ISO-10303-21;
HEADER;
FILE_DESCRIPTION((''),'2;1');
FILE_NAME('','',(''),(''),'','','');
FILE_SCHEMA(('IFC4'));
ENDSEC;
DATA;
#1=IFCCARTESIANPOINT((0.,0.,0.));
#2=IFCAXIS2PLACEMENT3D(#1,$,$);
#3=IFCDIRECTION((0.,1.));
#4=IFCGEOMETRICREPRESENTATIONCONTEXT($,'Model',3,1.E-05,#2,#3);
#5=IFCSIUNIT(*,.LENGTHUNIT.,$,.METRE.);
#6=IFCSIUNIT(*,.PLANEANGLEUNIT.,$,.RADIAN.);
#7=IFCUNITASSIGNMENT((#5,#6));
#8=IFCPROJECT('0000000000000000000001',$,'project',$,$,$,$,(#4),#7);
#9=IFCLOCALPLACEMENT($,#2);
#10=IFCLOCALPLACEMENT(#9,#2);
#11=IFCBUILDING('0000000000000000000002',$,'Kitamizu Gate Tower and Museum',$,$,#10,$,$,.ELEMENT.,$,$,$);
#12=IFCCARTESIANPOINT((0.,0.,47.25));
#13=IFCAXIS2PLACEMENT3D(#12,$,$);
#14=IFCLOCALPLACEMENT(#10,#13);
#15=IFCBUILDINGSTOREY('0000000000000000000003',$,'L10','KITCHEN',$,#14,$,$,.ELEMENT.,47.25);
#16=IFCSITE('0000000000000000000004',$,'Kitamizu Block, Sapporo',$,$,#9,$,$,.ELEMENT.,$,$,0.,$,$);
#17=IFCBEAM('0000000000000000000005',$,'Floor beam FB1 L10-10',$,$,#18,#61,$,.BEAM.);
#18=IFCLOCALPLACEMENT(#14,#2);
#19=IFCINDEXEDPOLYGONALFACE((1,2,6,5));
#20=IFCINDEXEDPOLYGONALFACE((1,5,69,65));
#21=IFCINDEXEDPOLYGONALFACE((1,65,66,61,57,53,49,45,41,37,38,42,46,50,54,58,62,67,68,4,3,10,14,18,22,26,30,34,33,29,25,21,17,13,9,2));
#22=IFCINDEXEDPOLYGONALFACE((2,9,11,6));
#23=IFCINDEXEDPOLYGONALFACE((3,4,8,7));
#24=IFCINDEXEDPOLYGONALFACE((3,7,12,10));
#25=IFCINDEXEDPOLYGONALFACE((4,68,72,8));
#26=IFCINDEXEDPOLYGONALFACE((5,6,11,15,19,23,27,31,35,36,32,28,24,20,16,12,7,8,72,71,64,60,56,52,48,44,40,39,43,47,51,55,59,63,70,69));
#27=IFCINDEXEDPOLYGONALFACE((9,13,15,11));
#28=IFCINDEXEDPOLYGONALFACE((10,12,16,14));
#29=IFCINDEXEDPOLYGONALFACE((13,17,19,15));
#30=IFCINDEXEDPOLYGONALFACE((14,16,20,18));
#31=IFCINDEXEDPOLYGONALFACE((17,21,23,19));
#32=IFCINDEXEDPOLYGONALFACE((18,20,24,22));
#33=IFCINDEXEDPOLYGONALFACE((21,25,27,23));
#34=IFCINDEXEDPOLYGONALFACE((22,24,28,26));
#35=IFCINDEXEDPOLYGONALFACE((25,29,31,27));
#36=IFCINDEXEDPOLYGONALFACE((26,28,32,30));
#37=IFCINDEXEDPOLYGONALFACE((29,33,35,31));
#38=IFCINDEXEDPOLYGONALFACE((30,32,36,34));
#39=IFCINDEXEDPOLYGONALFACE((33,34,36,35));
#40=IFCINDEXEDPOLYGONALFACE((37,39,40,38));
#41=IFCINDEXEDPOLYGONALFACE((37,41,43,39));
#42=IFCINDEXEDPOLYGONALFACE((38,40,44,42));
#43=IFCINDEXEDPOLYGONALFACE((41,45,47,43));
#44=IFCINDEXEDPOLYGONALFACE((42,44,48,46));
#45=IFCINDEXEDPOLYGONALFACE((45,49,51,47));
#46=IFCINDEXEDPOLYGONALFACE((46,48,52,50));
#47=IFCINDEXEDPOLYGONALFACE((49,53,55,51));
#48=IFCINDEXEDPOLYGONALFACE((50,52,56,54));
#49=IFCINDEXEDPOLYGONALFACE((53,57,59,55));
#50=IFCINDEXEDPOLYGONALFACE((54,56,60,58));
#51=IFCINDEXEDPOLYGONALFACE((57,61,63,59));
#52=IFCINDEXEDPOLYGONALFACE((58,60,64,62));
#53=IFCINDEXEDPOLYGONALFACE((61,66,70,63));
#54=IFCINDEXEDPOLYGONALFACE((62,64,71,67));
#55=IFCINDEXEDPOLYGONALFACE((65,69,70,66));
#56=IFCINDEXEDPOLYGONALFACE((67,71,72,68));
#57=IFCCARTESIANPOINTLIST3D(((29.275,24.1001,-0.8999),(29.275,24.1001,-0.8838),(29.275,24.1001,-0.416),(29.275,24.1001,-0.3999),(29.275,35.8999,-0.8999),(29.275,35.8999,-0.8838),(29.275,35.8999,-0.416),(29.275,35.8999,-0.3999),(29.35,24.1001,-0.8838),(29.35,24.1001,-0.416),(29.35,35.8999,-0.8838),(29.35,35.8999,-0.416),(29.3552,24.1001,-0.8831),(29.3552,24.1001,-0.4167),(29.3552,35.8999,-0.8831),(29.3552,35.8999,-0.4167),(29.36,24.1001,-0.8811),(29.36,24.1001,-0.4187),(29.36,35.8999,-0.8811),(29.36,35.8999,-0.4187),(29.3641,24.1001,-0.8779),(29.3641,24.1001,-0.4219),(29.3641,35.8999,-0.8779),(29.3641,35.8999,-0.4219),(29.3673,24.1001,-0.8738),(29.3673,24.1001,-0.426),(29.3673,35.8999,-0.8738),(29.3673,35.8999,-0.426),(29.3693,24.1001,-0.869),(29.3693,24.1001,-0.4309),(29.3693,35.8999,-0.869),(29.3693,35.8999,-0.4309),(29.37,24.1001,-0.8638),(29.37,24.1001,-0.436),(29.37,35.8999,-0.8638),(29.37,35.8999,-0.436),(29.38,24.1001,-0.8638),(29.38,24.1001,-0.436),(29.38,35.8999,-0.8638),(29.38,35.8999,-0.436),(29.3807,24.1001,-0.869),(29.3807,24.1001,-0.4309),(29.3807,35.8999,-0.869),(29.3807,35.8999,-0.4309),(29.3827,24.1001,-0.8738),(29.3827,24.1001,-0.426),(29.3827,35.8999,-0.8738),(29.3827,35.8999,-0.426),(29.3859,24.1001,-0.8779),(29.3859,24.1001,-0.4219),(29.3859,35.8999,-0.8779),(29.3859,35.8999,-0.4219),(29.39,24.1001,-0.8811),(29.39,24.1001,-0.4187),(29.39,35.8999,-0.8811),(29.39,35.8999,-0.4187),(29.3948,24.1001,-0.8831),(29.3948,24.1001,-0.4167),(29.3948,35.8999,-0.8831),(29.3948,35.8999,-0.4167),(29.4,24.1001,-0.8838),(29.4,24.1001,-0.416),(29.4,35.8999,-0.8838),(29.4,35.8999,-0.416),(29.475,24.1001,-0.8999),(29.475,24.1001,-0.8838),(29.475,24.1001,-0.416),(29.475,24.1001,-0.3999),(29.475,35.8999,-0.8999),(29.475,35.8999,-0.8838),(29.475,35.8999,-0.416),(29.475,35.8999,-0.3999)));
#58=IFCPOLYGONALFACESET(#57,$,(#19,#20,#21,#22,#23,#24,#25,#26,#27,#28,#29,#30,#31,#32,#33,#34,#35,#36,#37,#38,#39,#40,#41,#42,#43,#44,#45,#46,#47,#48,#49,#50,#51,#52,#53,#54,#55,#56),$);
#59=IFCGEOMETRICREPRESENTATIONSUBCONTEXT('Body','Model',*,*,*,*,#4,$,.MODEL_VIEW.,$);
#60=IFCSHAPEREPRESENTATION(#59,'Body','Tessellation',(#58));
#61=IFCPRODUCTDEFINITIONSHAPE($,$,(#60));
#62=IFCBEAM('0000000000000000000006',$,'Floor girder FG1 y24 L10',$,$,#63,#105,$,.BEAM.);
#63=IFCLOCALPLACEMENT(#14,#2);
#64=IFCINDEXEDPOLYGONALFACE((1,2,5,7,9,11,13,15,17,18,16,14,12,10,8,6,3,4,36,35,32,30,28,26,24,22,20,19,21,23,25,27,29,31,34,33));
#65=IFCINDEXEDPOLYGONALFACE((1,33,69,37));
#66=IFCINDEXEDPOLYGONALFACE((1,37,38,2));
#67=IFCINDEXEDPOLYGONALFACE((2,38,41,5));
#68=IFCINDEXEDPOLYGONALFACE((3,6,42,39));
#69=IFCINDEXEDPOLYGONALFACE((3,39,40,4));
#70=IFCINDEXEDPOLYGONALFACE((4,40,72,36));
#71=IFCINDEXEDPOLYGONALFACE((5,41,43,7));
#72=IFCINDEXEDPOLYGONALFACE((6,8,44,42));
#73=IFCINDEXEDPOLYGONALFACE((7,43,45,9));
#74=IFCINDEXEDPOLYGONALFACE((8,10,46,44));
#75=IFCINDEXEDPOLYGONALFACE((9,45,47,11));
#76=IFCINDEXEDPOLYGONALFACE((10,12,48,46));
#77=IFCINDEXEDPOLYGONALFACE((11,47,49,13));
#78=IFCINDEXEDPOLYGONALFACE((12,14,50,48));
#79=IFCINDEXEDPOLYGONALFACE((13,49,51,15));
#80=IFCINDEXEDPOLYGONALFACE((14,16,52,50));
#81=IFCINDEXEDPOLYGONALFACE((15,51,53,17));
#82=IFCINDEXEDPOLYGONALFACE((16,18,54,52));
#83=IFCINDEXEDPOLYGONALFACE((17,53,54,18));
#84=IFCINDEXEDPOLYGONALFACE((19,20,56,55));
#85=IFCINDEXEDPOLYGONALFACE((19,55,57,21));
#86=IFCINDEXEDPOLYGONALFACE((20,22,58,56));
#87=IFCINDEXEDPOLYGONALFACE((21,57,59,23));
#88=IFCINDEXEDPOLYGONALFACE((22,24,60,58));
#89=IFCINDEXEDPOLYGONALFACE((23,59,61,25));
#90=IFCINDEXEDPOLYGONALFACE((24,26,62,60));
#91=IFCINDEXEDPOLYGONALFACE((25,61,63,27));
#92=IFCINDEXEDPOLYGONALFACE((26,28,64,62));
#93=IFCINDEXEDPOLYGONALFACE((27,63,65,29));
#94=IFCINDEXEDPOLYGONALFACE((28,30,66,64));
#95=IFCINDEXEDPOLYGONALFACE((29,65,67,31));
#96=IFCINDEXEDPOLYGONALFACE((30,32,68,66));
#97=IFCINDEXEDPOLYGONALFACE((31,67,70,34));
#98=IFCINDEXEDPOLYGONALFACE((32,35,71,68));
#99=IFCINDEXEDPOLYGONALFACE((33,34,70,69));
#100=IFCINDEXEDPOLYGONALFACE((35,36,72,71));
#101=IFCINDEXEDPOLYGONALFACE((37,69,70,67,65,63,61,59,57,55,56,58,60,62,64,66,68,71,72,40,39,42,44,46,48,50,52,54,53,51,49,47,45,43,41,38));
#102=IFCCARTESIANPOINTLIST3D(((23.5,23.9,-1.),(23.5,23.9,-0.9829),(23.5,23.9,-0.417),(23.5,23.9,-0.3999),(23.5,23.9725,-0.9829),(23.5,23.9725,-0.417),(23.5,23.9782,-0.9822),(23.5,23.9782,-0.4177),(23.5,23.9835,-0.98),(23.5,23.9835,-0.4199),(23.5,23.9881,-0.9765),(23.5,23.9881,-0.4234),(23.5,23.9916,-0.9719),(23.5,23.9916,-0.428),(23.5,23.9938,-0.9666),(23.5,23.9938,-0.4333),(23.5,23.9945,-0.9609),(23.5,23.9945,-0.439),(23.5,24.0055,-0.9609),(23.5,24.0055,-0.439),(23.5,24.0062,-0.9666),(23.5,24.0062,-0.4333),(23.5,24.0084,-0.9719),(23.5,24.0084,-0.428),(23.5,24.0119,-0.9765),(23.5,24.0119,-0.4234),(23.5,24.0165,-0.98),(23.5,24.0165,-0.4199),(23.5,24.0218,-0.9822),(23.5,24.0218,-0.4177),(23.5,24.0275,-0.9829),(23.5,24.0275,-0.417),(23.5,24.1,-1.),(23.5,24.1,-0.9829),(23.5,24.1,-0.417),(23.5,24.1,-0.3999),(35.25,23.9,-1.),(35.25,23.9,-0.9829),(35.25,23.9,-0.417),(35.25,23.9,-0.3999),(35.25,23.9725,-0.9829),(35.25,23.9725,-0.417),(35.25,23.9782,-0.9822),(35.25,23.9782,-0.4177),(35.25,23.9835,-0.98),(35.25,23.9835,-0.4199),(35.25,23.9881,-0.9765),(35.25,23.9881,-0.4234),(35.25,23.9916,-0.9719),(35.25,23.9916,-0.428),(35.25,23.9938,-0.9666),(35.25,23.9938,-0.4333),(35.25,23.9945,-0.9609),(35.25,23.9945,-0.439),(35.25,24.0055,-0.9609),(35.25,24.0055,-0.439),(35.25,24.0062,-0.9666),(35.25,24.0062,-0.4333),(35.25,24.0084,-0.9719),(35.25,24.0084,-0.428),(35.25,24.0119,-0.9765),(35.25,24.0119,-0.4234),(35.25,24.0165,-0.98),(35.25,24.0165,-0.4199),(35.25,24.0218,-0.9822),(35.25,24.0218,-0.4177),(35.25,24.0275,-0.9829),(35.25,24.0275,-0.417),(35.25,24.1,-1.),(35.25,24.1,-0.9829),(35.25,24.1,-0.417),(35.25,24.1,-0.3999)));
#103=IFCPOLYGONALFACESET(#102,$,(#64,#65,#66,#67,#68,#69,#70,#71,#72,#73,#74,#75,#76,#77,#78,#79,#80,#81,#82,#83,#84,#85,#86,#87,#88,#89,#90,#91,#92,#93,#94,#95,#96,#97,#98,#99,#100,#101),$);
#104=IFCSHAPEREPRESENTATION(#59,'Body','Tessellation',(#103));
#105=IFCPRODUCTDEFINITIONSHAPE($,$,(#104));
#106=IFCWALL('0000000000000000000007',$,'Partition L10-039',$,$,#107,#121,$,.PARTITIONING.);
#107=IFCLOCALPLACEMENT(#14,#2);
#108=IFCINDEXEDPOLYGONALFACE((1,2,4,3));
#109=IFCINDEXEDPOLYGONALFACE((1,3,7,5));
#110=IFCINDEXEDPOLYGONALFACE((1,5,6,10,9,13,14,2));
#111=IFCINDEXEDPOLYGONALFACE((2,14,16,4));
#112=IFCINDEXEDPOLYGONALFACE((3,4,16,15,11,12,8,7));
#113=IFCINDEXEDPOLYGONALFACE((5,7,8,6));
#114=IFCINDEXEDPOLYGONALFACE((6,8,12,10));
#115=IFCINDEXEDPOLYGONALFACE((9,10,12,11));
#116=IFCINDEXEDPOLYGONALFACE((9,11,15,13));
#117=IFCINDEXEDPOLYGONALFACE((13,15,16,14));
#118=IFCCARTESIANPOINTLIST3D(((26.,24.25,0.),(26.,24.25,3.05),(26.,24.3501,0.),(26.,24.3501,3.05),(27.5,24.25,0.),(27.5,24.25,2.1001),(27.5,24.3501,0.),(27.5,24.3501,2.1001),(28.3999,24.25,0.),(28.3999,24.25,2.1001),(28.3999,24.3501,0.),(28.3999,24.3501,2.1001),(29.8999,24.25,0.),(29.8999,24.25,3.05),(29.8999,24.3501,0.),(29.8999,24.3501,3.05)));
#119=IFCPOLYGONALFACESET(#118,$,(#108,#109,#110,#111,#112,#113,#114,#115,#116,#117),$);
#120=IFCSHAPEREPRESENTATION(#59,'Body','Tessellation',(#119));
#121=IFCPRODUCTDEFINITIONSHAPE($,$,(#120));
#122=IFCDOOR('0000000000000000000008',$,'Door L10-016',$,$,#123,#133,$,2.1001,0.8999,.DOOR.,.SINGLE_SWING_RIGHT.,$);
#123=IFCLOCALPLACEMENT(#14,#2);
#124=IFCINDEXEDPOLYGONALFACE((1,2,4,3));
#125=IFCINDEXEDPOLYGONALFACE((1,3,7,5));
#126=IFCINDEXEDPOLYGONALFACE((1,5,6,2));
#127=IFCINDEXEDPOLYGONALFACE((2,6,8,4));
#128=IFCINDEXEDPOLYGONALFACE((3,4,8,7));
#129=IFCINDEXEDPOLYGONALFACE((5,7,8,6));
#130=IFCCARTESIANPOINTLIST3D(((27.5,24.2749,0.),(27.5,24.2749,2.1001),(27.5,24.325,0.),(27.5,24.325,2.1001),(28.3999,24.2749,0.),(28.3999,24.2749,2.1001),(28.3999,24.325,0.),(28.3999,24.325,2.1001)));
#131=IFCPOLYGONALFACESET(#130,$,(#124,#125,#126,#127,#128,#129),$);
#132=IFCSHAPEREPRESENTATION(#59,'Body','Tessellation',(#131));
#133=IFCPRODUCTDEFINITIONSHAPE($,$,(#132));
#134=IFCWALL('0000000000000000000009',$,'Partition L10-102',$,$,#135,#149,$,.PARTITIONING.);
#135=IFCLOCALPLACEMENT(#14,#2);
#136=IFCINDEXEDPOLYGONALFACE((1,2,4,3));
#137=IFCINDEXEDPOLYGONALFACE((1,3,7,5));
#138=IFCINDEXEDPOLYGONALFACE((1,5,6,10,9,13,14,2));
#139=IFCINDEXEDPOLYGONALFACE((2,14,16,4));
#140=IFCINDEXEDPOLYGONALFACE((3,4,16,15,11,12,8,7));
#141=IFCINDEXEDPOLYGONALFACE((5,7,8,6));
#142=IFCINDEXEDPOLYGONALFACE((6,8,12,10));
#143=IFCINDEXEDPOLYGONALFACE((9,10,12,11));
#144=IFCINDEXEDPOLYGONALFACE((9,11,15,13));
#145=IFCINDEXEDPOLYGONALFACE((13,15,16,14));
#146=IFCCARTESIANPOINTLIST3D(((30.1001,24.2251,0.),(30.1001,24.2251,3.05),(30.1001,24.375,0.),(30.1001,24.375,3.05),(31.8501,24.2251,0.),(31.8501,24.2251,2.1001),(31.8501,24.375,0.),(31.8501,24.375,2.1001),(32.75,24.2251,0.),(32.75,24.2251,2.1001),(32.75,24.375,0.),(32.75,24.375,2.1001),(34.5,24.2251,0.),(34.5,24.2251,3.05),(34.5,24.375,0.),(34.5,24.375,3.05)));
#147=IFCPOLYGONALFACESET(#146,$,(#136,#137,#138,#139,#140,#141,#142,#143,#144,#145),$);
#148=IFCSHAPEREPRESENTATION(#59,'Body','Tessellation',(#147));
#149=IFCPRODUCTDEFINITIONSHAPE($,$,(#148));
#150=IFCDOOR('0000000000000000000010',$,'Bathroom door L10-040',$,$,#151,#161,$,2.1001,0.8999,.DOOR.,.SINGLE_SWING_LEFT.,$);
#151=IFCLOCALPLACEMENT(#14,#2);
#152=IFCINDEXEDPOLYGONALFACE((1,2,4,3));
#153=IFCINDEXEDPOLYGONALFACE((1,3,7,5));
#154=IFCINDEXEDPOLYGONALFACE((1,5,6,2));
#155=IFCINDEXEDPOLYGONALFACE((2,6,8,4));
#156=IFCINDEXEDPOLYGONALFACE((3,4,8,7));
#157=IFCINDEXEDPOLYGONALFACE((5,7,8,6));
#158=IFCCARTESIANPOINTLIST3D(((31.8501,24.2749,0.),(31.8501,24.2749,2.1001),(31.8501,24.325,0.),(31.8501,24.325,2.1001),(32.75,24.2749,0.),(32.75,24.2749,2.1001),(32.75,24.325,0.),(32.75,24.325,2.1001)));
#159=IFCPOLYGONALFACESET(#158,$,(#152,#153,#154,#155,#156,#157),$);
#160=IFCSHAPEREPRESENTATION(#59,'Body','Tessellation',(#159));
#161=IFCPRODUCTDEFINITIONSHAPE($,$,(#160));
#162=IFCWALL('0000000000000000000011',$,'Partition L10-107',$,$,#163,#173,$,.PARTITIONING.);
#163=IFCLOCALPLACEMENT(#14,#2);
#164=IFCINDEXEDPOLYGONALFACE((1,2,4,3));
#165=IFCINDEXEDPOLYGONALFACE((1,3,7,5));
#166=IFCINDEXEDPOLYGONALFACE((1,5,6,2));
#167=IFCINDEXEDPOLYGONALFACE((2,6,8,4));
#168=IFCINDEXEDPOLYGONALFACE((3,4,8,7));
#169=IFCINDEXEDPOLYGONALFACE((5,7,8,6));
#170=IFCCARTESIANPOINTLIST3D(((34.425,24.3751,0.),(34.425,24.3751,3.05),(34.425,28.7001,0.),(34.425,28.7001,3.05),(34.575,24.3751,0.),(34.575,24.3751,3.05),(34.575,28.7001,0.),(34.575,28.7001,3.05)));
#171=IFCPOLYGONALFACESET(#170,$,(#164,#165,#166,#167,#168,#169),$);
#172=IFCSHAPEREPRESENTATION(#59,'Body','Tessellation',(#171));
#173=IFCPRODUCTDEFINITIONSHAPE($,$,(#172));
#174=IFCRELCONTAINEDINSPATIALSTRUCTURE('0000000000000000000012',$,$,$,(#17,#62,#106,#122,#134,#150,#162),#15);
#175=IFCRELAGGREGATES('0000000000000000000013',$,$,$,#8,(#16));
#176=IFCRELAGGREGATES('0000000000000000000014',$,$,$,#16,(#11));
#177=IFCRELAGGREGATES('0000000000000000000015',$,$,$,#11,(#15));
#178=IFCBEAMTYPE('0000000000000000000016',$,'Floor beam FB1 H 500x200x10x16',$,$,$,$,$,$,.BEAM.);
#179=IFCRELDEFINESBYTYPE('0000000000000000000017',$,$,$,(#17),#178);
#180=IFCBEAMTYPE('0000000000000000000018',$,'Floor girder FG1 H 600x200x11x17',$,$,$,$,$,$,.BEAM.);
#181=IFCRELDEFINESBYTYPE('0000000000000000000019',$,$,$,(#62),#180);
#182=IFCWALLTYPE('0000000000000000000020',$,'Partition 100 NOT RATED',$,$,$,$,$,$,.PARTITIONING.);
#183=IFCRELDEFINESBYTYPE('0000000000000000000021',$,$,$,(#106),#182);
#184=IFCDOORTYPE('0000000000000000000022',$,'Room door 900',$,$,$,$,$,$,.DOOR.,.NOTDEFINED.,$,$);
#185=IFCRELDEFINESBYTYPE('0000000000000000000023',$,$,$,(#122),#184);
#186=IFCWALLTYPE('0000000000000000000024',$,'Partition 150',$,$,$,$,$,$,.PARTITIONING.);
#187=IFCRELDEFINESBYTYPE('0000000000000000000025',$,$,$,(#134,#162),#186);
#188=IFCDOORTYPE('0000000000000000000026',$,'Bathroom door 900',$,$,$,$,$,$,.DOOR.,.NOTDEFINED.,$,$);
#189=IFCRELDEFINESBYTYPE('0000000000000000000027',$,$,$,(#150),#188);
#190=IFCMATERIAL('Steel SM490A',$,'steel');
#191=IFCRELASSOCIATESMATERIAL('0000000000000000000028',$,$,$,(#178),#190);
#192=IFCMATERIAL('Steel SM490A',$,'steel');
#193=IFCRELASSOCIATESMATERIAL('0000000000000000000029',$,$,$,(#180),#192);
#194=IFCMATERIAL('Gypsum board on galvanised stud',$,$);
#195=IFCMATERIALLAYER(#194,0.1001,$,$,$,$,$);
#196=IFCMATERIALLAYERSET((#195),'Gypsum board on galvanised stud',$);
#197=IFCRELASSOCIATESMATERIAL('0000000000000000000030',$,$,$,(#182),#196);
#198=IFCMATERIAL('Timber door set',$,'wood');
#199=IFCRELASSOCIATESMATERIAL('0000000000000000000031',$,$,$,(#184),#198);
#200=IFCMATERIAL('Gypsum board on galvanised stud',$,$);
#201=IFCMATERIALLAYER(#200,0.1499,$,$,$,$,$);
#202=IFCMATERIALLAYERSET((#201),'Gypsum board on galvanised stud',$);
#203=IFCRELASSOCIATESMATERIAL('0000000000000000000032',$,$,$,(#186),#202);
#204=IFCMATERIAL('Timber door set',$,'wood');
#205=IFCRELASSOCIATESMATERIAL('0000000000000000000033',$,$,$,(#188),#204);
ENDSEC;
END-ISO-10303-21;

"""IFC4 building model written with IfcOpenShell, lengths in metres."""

from ifc_helpers import new_model, si_unit, direction, frame, frame_2d, origin, origin_2d, place, context, subcontext, project, spatial, rectangle, i_section, extrude, material, layer, layer_set, material_profile, profile_set, type_object, element, fill, save


model = new_model("IFC4")

# Units and contexts
model_context = context("Model", 3, precision=1e-05, world=origin(), true_north=direction((0.0, 1.0)))
body_context = subcontext(model_context, "Body", "Model", "MODEL_VIEW")
ifc_project = project(units=[si_unit("LENGTHUNIT", "METRE"), si_unit("PLANEANGLEUNIT", "RADIAN")], contexts=[model_context])

# Site, building, storey
site_placement = place(None, origin())
site = spatial("IfcSite", under=ifc_project, at=site_placement, Name="Kitamizu Block, Sapporo", CompositionType="ELEMENT", RefElevation=0.0)
building_placement = place(site_placement, origin())
building = spatial("IfcBuilding", under=site, at=building_placement, Name="Kitamizu Gate Tower and Museum", CompositionType="ELEMENT")
storey_placement = place(building_placement, frame((0.0, 0.0, 47.25)))
storey = spatial("IfcBuildingStorey", under=building, at=storey_placement, Name="L10", Description="KITCHEN", CompositionType="ELEMENT", Elevation=47.25)

# Beams
ifc_material_1 = material(Name="Steel SM490A", Category="steel")
ifc_material_profile_1 = material_profile(ifc_material_1, i_section(OverallWidth=0.2, OverallDepth=0.5, WebThickness=0.01, FlangeThickness=0.0161, FilletRadius=0.02, at=origin_2d()), Name="H-500x200x10x16")
ifc_profile_set_1 = profile_set([ifc_material_profile_1], Name="Steel SM490A")
beam_type_1 = type_object("IfcBeamType", Name="Floor beam FB1 H 500x200x10x16", PredefinedType="BEAM", material=ifc_profile_set_1)
beam_1_placement = place(storey_placement, frame((29.375, 24.1001, -0.6499), z_axis=(0.0, 1.0, 0.0), x_axis=(-1.0, 0.0, 0.0)))
element("IfcBeam", 1, at=beam_1_placement, inside=storey, type_object=beam_type_1, Name="Floor beam FB1 L10-10", PredefinedType="BEAM", context=body_context, shape_type="SweptSolid", body=[
    extrude(i_section(OverallWidth=0.2, OverallDepth=0.5, WebThickness=0.01, FlangeThickness=0.0161, FilletRadius=0.02, at=origin_2d()), origin(), (0.0, 0.0, 1.0), 11.7998),
])
ifc_material_2 = material(Name="Steel SM490A", Category="steel")
ifc_material_profile_2 = material_profile(ifc_material_2, i_section(OverallWidth=0.2, OverallDepth=0.6001, WebThickness=0.011, FlangeThickness=0.0171, FilletRadius=0.022, at=origin_2d()), Name="H-600x200x11x17")
ifc_profile_set_2 = profile_set([ifc_material_profile_2], Name="Steel SM490A")
beam_type_2 = type_object("IfcBeamType", Name="Floor girder FG1 H 600x200x11x17", PredefinedType="BEAM", material=ifc_profile_set_2)
beam_2_placement = place(storey_placement, frame((23.5, 24.0, -0.7), z_axis=(1.0, 0.0, 0.0), x_axis=(0.0, 1.0, 0.0)))
element("IfcBeam", 2, at=beam_2_placement, inside=storey, type_object=beam_type_2, Name="Floor girder FG1 y24 L10", PredefinedType="BEAM", context=body_context, shape_type="SweptSolid", body=[
    extrude(i_section(OverallWidth=0.2, OverallDepth=0.6001, WebThickness=0.011, FlangeThickness=0.0171, FilletRadius=0.022, at=origin_2d()), origin(), (0.0, 0.0, 1.0), 11.75),
])

# Walls, openings, doors
ifc_material_3 = material(Name="Gypsum board on galvanised stud")
ifc_layer_1 = layer(ifc_material_3, 0.1001)
ifc_layer_set_1 = layer_set([ifc_layer_1], Name="Gypsum board on galvanised stud")
wall_type_1 = type_object("IfcWallType", Name="Partition 100 NOT RATED", PredefinedType="PARTITIONING", material=ifc_layer_set_1)
wall_1_placement = place(storey_placement, frame((29.8999, 24.3, 0.0), z_axis=(0.0, 0.0, 1.0), x_axis=(-1.0, 0.0, 0.0)))
wall_1 = element("IfcWall", 3, at=wall_1_placement, inside=storey, type_object=wall_type_1, Name="Partition L10-039", PredefinedType="PARTITIONING", context=body_context, shape_type="SweptSolid", body=[
    extrude(rectangle(XDim=3.8999, YDim=0.1001, at=frame_2d((1.95, 0.0))), origin(), (0.0, 0.0, 1.0), 3.05),
])
opening_1_placement = place(wall_1_placement, frame((1.5, 0.0, 0.0)))
opening_1 = element("IfcOpeningElement", 4, at=opening_1_placement, cuts=wall_1, PredefinedType="OPENING", context=body_context, shape_type="SweptSolid", body=[
    extrude(rectangle(XDim=0.8999, YDim=2.1001, at=frame_2d((0.45, 1.05))), frame((0.0, 0.0601, 0.0), z_axis=(0.0, -1.0, 0.0), x_axis=(1.0, 0.0, 0.0)), (0.0, 0.0, 1.0), 0.1201),
])
ifc_material_4 = material(Name="Timber door set", Category="wood")
door_type_1 = type_object("IfcDoorType", Name="Room door 900", OperationType="NOTDEFINED", PredefinedType="DOOR", material=ifc_material_4)
door_1_placement = place(opening_1_placement, frame((0.8999, 0.0, 0.0), x_axis=(-1.0, 0.0, 0.0)))
door_1 = element("IfcDoor", 5, at=door_1_placement, inside=storey, type_object=door_type_1, Name="Door L10-016", OperationType="SINGLE_SWING_RIGHT", OverallHeight=2.1001, OverallWidth=0.8999, PredefinedType="DOOR", context=body_context, shape_type="SweptSolid", body=[
    extrude(rectangle(XDim=0.8999, YDim=2.1001, at=frame_2d((0.45, 1.05))), frame((0.0, 0.0249, 0.0), z_axis=(0.0, -1.0, 0.0), x_axis=(1.0, 0.0, 0.0)), (0.0, 0.0, 1.0), 0.05),
])
fill(opening_1, door_1)
ifc_material_5 = material(Name="Gypsum board on galvanised stud")
ifc_layer_2 = layer(ifc_material_5, 0.1499)
ifc_layer_set_2 = layer_set([ifc_layer_2], Name="Gypsum board on galvanised stud")
wall_type_2 = type_object("IfcWallType", Name="Partition 150", PredefinedType="PARTITIONING", material=ifc_layer_set_2)
wall_2_placement = place(storey_placement, frame((34.5, 24.3, 0.0), z_axis=(0.0, 0.0, 1.0), x_axis=(-1.0, 0.0, 0.0)))
wall_2 = element("IfcWall", 6, at=wall_2_placement, inside=storey, type_object=wall_type_2, Name="Partition L10-102", PredefinedType="PARTITIONING", context=body_context, shape_type="SweptSolid", body=[
    extrude(rectangle(XDim=4.3999, YDim=0.1499, at=frame_2d((2.2, 0.0))), origin(), (0.0, 0.0, 1.0), 3.05),
])
opening_2_placement = place(wall_2_placement, frame((1.75, 0.0, 0.0)))
opening_2 = element("IfcOpeningElement", 7, at=opening_2_placement, cuts=wall_2, PredefinedType="OPENING", context=body_context, shape_type="SweptSolid", body=[
    extrude(rectangle(XDim=0.8999, YDim=2.1001, at=frame_2d((0.45, 1.05))), frame((0.0, 0.085, 0.0), z_axis=(0.0, -1.0, 0.0), x_axis=(1.0, 0.0, 0.0)), (0.0, 0.0, 1.0), 0.1699),
])
ifc_material_6 = material(Name="Timber door set", Category="wood")
door_type_2 = type_object("IfcDoorType", Name="Bathroom door 900", OperationType="NOTDEFINED", PredefinedType="DOOR", material=ifc_material_6)
door_2_placement = place(opening_2_placement, frame((0.8999, 0.0, 0.0), x_axis=(-1.0, 0.0, 0.0)))
door_2 = element("IfcDoor", 8, at=door_2_placement, inside=storey, type_object=door_type_2, Name="Bathroom door L10-040", OperationType="SINGLE_SWING_LEFT", OverallHeight=2.1001, OverallWidth=0.8999, PredefinedType="DOOR", context=body_context, shape_type="SweptSolid", body=[
    extrude(rectangle(XDim=0.8999, YDim=2.1001, at=frame_2d((0.45, 1.05))), frame((0.0, 0.0249, 0.0), z_axis=(0.0, -1.0, 0.0), x_axis=(1.0, 0.0, 0.0)), (0.0, 0.0, 1.0), 0.05),
])
fill(opening_2, door_2)

# Wall
wall_3_placement = place(storey_placement, frame((34.5, 24.375, 0.0), z_axis=(0.0, 0.0, 1.0), x_axis=(0.0, 1.0, 0.0)))
element("IfcWall", 9, at=wall_3_placement, inside=storey, type_object=wall_type_2, Name="Partition L10-107", PredefinedType="PARTITIONING", context=body_context, shape_type="SweptSolid", body=[
    extrude(rectangle(XDim=4.325, YDim=0.1499, at=frame_2d((2.1626, 0.0))), origin(), (0.0, 0.0, 1.0), 3.05),
])

save(model, "model.ifc")
